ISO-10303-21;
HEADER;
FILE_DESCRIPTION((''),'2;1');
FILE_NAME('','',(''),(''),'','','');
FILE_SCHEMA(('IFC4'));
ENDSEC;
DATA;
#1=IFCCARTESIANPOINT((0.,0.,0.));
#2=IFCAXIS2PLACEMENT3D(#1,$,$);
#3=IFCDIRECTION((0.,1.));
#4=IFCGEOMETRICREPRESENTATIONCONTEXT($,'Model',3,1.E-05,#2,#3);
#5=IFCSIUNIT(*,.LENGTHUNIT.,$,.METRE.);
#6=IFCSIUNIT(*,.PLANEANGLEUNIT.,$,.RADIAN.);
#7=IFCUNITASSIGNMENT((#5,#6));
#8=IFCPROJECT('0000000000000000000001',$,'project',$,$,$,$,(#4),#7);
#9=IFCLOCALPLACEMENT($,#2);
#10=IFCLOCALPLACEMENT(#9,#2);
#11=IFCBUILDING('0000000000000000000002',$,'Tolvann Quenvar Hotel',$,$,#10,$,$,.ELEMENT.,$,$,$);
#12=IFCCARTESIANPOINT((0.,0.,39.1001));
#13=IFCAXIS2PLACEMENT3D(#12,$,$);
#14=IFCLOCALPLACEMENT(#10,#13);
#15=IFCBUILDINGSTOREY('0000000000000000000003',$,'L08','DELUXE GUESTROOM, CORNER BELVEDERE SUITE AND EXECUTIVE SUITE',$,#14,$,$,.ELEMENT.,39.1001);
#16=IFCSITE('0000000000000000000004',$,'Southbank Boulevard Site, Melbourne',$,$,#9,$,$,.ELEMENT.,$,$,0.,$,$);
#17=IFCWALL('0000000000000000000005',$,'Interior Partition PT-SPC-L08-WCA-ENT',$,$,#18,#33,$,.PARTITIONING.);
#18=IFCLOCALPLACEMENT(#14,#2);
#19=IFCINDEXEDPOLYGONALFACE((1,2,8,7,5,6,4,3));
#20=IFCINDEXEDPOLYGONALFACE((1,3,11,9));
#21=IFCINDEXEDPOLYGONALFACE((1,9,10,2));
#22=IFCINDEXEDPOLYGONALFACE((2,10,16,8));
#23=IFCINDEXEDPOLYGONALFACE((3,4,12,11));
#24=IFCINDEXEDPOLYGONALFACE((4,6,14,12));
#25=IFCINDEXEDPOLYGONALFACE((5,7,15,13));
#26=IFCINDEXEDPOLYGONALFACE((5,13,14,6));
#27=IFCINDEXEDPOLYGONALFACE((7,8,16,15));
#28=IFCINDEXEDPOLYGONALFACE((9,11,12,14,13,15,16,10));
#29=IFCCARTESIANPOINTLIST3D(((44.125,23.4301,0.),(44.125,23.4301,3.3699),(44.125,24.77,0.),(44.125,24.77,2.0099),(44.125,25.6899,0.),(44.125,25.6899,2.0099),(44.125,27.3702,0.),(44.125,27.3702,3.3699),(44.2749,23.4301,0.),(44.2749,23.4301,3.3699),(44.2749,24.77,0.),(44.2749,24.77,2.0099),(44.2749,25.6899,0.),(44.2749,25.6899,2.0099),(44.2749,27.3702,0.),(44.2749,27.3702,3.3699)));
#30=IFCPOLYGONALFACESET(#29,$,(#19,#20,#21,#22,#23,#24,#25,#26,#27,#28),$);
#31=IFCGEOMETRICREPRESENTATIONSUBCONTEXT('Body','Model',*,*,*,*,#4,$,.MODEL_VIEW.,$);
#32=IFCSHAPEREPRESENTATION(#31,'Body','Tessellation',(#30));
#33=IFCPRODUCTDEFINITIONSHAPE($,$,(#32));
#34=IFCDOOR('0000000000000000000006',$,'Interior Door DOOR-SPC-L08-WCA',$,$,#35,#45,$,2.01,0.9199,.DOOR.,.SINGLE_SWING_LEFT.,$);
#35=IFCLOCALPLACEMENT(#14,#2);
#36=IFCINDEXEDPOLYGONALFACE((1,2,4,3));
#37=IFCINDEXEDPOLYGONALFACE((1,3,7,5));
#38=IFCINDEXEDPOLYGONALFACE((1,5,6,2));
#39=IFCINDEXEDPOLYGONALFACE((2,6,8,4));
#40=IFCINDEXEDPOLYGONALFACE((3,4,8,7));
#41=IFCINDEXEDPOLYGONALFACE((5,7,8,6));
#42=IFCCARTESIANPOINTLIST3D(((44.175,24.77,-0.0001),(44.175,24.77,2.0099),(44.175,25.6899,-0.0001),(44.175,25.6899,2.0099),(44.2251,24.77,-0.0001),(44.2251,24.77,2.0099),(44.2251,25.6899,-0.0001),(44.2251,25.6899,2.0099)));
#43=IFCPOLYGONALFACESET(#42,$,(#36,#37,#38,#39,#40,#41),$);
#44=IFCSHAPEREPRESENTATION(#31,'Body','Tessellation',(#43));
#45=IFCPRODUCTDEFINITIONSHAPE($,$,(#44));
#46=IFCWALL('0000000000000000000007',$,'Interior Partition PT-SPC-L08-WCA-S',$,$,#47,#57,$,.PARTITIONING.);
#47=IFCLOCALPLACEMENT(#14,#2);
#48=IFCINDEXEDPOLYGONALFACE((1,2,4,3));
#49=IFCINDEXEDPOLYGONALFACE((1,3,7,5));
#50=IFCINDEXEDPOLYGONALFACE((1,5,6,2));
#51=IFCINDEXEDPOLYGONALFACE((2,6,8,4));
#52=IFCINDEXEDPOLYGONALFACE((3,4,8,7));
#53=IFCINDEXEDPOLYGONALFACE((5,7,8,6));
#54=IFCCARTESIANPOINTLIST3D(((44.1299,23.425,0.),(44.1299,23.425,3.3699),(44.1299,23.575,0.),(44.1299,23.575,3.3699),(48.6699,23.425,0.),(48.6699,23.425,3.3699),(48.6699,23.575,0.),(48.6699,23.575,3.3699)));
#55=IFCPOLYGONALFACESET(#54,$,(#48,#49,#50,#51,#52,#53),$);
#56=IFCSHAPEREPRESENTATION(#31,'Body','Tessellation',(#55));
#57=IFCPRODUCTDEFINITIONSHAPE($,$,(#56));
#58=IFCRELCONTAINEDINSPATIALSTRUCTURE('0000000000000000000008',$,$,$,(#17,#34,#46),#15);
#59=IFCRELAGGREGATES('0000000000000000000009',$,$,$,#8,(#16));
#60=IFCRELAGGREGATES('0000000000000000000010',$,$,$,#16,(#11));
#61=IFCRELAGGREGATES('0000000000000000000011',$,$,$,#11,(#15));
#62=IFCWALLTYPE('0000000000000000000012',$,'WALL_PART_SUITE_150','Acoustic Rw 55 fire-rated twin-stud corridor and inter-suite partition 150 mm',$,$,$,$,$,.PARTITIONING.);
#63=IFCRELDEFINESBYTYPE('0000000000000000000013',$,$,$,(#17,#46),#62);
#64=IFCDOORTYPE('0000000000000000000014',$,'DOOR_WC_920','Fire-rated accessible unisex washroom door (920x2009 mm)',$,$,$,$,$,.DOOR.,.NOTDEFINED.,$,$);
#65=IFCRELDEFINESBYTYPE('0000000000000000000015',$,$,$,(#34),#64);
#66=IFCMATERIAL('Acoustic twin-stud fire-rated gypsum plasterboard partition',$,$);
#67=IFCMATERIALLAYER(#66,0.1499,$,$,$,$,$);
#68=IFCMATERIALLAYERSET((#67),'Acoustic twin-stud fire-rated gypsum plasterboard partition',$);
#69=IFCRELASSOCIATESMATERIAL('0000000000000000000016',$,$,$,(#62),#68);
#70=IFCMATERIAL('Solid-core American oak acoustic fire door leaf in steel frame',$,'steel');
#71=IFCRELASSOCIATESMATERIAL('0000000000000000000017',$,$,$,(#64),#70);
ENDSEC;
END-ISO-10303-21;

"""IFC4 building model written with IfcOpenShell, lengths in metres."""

from ifc_helpers import new_model, si_unit, direction, frame, frame_2d, origin, place, context, subcontext, project, spatial, rectangle, extrude, source, transform, mapped, material, layer, layer_set, type_object, type_shapes, element, fill, save


model = new_model("IFC4")

# Units and contexts
model_context = context("Model", 3, precision=1e-05, world=origin(), true_north=direction((0.0, 1.0)))
body_context = subcontext(model_context, "Body", "Model", "MODEL_VIEW")
ifc_project = project(units=[si_unit("LENGTHUNIT", "METRE"), si_unit("PLANEANGLEUNIT", "RADIAN")], contexts=[model_context])

# Site, building, storey
site_placement = place(None, origin())
site = spatial("IfcSite", under=ifc_project, at=site_placement, Name="Southbank Boulevard Site, Melbourne", CompositionType="ELEMENT", RefElevation=0.0)
building_placement = place(site_placement, origin())
building = spatial("IfcBuilding", under=site, at=building_placement, Name="Tolvann Quenvar Hotel", CompositionType="ELEMENT")
storey_placement = place(building_placement, frame((0.0, 0.0, 39.1001)))
storey = spatial("IfcBuildingStorey", under=building, at=storey_placement, Name="L08", Description="DELUXE GUESTROOM, CORNER BELVEDERE SUITE AND EXECUTIVE SUITE", CompositionType="ELEMENT", Elevation=39.1001)

# Shared definitions
ifc_material_1 = material(Name="Acoustic twin-stud fire-rated gypsum plasterboard partition")
ifc_layer = layer(ifc_material_1, 0.1499)
ifc_layer_set = layer_set([ifc_layer], Name="Acoustic twin-stud fire-rated gypsum plasterboard partition")
wall_type = type_object("IfcWallType", Name="WALL_PART_SUITE_150", Description="Acoustic Rw 55 fire-rated twin-stud corridor and inter-suite partition 150 mm", PredefinedType="PARTITIONING", material=ifc_layer_set)
ifc_material_2 = material(Name="Solid-core American oak acoustic fire door leaf in steel frame", Category="steel")
door_type_1 = type_object("IfcDoorType", Name="DOOR_WC_920", Description="Fire-rated accessible unisex washroom door (920x2009 mm)", OperationType="NOTDEFINED", PredefinedType="DOOR", material=ifc_material_2)
shared_shape_1 = source(origin(), body_context, "Body", "SweptSolid", [
    extrude(rectangle(XDim=0.9199, YDim=2.01, at=frame_2d((0.46, 1.0049))), frame((0.0, 0.0249, 0.0), z_axis=(0.0, -1.0, 0.0), x_axis=(1.0, 0.0, 0.0)), (0.0, 0.0, 1.0), 0.05),
])
type_shapes(door_type_1, [shared_shape_1])

# Wall, opening, door
wall_1_placement = place(storey_placement, frame((44.2, 23.4299, 0.0), z_axis=(0.0, 0.0, 1.0), x_axis=(0.0, 1.0, 0.0)))
wall_1 = element("IfcWall", 1, at=wall_1_placement, inside=storey, type_object=wall_type, Name="Interior Partition PT-SPC-L08-WCA-ENT", PredefinedType="PARTITIONING", context=body_context, shape_type="SweptSolid", body=[
    extrude(rectangle(XDim=3.9402, YDim=0.1499, at=frame_2d((1.9702, 0.0))), origin(), (0.0, 0.0, 1.0), 3.3699),
])
opening_1_placement = place(wall_1_placement, frame((1.3401, 0.0, 0.0)))
opening_1 = element("IfcOpeningElement", 2, at=opening_1_placement, cuts=wall_1, PredefinedType="OPENING", context=body_context, shape_type="SweptSolid", body=[
    extrude(rectangle(XDim=0.9199, YDim=2.01, at=frame_2d((0.46, 1.0049))), frame((0.0, 0.085, 0.0), z_axis=(0.0, -1.0, 0.0), x_axis=(1.0, 0.0, 0.0)), (0.0, 0.0, 1.0), 0.1699),
])
door_1_placement = place(opening_1_placement, origin())
door_1 = element("IfcDoor", 3, at=door_1_placement, inside=storey, type_object=door_type_1, Name="Interior Door DOOR-SPC-L08-WCA", OperationType="SINGLE_SWING_LEFT", OverallHeight=2.01, OverallWidth=0.9199, PredefinedType="DOOR", context=body_context, shape_type="MappedRepresentation", body=[
    mapped(shared_shape_1, transform((0.0, 0.0, 0.0), x_axis=(1.0, 0.0, 0.0), y_axis=(0.0, 1.0, 0.0), z_axis=(0.0, 0.0, 1.0), scale=1.0)),
])
fill(opening_1, door_1)

# Wall
wall_2_placement = place(storey_placement, frame((44.1299, 23.5, 0.0), z_axis=(0.0, 0.0, 1.0), x_axis=(1.0, 0.0, 0.0)))
element("IfcWall", 4, at=wall_2_placement, inside=storey, type_object=wall_type, Name="Interior Partition PT-SPC-L08-WCA-S", PredefinedType="PARTITIONING", context=body_context, shape_type="SweptSolid", body=[
    extrude(rectangle(XDim=4.54, YDim=0.1499, at=frame_2d((2.27, 0.0))), origin(), (0.0, 0.0, 1.0), 3.3699),
])

save(model, "model.ifc")
